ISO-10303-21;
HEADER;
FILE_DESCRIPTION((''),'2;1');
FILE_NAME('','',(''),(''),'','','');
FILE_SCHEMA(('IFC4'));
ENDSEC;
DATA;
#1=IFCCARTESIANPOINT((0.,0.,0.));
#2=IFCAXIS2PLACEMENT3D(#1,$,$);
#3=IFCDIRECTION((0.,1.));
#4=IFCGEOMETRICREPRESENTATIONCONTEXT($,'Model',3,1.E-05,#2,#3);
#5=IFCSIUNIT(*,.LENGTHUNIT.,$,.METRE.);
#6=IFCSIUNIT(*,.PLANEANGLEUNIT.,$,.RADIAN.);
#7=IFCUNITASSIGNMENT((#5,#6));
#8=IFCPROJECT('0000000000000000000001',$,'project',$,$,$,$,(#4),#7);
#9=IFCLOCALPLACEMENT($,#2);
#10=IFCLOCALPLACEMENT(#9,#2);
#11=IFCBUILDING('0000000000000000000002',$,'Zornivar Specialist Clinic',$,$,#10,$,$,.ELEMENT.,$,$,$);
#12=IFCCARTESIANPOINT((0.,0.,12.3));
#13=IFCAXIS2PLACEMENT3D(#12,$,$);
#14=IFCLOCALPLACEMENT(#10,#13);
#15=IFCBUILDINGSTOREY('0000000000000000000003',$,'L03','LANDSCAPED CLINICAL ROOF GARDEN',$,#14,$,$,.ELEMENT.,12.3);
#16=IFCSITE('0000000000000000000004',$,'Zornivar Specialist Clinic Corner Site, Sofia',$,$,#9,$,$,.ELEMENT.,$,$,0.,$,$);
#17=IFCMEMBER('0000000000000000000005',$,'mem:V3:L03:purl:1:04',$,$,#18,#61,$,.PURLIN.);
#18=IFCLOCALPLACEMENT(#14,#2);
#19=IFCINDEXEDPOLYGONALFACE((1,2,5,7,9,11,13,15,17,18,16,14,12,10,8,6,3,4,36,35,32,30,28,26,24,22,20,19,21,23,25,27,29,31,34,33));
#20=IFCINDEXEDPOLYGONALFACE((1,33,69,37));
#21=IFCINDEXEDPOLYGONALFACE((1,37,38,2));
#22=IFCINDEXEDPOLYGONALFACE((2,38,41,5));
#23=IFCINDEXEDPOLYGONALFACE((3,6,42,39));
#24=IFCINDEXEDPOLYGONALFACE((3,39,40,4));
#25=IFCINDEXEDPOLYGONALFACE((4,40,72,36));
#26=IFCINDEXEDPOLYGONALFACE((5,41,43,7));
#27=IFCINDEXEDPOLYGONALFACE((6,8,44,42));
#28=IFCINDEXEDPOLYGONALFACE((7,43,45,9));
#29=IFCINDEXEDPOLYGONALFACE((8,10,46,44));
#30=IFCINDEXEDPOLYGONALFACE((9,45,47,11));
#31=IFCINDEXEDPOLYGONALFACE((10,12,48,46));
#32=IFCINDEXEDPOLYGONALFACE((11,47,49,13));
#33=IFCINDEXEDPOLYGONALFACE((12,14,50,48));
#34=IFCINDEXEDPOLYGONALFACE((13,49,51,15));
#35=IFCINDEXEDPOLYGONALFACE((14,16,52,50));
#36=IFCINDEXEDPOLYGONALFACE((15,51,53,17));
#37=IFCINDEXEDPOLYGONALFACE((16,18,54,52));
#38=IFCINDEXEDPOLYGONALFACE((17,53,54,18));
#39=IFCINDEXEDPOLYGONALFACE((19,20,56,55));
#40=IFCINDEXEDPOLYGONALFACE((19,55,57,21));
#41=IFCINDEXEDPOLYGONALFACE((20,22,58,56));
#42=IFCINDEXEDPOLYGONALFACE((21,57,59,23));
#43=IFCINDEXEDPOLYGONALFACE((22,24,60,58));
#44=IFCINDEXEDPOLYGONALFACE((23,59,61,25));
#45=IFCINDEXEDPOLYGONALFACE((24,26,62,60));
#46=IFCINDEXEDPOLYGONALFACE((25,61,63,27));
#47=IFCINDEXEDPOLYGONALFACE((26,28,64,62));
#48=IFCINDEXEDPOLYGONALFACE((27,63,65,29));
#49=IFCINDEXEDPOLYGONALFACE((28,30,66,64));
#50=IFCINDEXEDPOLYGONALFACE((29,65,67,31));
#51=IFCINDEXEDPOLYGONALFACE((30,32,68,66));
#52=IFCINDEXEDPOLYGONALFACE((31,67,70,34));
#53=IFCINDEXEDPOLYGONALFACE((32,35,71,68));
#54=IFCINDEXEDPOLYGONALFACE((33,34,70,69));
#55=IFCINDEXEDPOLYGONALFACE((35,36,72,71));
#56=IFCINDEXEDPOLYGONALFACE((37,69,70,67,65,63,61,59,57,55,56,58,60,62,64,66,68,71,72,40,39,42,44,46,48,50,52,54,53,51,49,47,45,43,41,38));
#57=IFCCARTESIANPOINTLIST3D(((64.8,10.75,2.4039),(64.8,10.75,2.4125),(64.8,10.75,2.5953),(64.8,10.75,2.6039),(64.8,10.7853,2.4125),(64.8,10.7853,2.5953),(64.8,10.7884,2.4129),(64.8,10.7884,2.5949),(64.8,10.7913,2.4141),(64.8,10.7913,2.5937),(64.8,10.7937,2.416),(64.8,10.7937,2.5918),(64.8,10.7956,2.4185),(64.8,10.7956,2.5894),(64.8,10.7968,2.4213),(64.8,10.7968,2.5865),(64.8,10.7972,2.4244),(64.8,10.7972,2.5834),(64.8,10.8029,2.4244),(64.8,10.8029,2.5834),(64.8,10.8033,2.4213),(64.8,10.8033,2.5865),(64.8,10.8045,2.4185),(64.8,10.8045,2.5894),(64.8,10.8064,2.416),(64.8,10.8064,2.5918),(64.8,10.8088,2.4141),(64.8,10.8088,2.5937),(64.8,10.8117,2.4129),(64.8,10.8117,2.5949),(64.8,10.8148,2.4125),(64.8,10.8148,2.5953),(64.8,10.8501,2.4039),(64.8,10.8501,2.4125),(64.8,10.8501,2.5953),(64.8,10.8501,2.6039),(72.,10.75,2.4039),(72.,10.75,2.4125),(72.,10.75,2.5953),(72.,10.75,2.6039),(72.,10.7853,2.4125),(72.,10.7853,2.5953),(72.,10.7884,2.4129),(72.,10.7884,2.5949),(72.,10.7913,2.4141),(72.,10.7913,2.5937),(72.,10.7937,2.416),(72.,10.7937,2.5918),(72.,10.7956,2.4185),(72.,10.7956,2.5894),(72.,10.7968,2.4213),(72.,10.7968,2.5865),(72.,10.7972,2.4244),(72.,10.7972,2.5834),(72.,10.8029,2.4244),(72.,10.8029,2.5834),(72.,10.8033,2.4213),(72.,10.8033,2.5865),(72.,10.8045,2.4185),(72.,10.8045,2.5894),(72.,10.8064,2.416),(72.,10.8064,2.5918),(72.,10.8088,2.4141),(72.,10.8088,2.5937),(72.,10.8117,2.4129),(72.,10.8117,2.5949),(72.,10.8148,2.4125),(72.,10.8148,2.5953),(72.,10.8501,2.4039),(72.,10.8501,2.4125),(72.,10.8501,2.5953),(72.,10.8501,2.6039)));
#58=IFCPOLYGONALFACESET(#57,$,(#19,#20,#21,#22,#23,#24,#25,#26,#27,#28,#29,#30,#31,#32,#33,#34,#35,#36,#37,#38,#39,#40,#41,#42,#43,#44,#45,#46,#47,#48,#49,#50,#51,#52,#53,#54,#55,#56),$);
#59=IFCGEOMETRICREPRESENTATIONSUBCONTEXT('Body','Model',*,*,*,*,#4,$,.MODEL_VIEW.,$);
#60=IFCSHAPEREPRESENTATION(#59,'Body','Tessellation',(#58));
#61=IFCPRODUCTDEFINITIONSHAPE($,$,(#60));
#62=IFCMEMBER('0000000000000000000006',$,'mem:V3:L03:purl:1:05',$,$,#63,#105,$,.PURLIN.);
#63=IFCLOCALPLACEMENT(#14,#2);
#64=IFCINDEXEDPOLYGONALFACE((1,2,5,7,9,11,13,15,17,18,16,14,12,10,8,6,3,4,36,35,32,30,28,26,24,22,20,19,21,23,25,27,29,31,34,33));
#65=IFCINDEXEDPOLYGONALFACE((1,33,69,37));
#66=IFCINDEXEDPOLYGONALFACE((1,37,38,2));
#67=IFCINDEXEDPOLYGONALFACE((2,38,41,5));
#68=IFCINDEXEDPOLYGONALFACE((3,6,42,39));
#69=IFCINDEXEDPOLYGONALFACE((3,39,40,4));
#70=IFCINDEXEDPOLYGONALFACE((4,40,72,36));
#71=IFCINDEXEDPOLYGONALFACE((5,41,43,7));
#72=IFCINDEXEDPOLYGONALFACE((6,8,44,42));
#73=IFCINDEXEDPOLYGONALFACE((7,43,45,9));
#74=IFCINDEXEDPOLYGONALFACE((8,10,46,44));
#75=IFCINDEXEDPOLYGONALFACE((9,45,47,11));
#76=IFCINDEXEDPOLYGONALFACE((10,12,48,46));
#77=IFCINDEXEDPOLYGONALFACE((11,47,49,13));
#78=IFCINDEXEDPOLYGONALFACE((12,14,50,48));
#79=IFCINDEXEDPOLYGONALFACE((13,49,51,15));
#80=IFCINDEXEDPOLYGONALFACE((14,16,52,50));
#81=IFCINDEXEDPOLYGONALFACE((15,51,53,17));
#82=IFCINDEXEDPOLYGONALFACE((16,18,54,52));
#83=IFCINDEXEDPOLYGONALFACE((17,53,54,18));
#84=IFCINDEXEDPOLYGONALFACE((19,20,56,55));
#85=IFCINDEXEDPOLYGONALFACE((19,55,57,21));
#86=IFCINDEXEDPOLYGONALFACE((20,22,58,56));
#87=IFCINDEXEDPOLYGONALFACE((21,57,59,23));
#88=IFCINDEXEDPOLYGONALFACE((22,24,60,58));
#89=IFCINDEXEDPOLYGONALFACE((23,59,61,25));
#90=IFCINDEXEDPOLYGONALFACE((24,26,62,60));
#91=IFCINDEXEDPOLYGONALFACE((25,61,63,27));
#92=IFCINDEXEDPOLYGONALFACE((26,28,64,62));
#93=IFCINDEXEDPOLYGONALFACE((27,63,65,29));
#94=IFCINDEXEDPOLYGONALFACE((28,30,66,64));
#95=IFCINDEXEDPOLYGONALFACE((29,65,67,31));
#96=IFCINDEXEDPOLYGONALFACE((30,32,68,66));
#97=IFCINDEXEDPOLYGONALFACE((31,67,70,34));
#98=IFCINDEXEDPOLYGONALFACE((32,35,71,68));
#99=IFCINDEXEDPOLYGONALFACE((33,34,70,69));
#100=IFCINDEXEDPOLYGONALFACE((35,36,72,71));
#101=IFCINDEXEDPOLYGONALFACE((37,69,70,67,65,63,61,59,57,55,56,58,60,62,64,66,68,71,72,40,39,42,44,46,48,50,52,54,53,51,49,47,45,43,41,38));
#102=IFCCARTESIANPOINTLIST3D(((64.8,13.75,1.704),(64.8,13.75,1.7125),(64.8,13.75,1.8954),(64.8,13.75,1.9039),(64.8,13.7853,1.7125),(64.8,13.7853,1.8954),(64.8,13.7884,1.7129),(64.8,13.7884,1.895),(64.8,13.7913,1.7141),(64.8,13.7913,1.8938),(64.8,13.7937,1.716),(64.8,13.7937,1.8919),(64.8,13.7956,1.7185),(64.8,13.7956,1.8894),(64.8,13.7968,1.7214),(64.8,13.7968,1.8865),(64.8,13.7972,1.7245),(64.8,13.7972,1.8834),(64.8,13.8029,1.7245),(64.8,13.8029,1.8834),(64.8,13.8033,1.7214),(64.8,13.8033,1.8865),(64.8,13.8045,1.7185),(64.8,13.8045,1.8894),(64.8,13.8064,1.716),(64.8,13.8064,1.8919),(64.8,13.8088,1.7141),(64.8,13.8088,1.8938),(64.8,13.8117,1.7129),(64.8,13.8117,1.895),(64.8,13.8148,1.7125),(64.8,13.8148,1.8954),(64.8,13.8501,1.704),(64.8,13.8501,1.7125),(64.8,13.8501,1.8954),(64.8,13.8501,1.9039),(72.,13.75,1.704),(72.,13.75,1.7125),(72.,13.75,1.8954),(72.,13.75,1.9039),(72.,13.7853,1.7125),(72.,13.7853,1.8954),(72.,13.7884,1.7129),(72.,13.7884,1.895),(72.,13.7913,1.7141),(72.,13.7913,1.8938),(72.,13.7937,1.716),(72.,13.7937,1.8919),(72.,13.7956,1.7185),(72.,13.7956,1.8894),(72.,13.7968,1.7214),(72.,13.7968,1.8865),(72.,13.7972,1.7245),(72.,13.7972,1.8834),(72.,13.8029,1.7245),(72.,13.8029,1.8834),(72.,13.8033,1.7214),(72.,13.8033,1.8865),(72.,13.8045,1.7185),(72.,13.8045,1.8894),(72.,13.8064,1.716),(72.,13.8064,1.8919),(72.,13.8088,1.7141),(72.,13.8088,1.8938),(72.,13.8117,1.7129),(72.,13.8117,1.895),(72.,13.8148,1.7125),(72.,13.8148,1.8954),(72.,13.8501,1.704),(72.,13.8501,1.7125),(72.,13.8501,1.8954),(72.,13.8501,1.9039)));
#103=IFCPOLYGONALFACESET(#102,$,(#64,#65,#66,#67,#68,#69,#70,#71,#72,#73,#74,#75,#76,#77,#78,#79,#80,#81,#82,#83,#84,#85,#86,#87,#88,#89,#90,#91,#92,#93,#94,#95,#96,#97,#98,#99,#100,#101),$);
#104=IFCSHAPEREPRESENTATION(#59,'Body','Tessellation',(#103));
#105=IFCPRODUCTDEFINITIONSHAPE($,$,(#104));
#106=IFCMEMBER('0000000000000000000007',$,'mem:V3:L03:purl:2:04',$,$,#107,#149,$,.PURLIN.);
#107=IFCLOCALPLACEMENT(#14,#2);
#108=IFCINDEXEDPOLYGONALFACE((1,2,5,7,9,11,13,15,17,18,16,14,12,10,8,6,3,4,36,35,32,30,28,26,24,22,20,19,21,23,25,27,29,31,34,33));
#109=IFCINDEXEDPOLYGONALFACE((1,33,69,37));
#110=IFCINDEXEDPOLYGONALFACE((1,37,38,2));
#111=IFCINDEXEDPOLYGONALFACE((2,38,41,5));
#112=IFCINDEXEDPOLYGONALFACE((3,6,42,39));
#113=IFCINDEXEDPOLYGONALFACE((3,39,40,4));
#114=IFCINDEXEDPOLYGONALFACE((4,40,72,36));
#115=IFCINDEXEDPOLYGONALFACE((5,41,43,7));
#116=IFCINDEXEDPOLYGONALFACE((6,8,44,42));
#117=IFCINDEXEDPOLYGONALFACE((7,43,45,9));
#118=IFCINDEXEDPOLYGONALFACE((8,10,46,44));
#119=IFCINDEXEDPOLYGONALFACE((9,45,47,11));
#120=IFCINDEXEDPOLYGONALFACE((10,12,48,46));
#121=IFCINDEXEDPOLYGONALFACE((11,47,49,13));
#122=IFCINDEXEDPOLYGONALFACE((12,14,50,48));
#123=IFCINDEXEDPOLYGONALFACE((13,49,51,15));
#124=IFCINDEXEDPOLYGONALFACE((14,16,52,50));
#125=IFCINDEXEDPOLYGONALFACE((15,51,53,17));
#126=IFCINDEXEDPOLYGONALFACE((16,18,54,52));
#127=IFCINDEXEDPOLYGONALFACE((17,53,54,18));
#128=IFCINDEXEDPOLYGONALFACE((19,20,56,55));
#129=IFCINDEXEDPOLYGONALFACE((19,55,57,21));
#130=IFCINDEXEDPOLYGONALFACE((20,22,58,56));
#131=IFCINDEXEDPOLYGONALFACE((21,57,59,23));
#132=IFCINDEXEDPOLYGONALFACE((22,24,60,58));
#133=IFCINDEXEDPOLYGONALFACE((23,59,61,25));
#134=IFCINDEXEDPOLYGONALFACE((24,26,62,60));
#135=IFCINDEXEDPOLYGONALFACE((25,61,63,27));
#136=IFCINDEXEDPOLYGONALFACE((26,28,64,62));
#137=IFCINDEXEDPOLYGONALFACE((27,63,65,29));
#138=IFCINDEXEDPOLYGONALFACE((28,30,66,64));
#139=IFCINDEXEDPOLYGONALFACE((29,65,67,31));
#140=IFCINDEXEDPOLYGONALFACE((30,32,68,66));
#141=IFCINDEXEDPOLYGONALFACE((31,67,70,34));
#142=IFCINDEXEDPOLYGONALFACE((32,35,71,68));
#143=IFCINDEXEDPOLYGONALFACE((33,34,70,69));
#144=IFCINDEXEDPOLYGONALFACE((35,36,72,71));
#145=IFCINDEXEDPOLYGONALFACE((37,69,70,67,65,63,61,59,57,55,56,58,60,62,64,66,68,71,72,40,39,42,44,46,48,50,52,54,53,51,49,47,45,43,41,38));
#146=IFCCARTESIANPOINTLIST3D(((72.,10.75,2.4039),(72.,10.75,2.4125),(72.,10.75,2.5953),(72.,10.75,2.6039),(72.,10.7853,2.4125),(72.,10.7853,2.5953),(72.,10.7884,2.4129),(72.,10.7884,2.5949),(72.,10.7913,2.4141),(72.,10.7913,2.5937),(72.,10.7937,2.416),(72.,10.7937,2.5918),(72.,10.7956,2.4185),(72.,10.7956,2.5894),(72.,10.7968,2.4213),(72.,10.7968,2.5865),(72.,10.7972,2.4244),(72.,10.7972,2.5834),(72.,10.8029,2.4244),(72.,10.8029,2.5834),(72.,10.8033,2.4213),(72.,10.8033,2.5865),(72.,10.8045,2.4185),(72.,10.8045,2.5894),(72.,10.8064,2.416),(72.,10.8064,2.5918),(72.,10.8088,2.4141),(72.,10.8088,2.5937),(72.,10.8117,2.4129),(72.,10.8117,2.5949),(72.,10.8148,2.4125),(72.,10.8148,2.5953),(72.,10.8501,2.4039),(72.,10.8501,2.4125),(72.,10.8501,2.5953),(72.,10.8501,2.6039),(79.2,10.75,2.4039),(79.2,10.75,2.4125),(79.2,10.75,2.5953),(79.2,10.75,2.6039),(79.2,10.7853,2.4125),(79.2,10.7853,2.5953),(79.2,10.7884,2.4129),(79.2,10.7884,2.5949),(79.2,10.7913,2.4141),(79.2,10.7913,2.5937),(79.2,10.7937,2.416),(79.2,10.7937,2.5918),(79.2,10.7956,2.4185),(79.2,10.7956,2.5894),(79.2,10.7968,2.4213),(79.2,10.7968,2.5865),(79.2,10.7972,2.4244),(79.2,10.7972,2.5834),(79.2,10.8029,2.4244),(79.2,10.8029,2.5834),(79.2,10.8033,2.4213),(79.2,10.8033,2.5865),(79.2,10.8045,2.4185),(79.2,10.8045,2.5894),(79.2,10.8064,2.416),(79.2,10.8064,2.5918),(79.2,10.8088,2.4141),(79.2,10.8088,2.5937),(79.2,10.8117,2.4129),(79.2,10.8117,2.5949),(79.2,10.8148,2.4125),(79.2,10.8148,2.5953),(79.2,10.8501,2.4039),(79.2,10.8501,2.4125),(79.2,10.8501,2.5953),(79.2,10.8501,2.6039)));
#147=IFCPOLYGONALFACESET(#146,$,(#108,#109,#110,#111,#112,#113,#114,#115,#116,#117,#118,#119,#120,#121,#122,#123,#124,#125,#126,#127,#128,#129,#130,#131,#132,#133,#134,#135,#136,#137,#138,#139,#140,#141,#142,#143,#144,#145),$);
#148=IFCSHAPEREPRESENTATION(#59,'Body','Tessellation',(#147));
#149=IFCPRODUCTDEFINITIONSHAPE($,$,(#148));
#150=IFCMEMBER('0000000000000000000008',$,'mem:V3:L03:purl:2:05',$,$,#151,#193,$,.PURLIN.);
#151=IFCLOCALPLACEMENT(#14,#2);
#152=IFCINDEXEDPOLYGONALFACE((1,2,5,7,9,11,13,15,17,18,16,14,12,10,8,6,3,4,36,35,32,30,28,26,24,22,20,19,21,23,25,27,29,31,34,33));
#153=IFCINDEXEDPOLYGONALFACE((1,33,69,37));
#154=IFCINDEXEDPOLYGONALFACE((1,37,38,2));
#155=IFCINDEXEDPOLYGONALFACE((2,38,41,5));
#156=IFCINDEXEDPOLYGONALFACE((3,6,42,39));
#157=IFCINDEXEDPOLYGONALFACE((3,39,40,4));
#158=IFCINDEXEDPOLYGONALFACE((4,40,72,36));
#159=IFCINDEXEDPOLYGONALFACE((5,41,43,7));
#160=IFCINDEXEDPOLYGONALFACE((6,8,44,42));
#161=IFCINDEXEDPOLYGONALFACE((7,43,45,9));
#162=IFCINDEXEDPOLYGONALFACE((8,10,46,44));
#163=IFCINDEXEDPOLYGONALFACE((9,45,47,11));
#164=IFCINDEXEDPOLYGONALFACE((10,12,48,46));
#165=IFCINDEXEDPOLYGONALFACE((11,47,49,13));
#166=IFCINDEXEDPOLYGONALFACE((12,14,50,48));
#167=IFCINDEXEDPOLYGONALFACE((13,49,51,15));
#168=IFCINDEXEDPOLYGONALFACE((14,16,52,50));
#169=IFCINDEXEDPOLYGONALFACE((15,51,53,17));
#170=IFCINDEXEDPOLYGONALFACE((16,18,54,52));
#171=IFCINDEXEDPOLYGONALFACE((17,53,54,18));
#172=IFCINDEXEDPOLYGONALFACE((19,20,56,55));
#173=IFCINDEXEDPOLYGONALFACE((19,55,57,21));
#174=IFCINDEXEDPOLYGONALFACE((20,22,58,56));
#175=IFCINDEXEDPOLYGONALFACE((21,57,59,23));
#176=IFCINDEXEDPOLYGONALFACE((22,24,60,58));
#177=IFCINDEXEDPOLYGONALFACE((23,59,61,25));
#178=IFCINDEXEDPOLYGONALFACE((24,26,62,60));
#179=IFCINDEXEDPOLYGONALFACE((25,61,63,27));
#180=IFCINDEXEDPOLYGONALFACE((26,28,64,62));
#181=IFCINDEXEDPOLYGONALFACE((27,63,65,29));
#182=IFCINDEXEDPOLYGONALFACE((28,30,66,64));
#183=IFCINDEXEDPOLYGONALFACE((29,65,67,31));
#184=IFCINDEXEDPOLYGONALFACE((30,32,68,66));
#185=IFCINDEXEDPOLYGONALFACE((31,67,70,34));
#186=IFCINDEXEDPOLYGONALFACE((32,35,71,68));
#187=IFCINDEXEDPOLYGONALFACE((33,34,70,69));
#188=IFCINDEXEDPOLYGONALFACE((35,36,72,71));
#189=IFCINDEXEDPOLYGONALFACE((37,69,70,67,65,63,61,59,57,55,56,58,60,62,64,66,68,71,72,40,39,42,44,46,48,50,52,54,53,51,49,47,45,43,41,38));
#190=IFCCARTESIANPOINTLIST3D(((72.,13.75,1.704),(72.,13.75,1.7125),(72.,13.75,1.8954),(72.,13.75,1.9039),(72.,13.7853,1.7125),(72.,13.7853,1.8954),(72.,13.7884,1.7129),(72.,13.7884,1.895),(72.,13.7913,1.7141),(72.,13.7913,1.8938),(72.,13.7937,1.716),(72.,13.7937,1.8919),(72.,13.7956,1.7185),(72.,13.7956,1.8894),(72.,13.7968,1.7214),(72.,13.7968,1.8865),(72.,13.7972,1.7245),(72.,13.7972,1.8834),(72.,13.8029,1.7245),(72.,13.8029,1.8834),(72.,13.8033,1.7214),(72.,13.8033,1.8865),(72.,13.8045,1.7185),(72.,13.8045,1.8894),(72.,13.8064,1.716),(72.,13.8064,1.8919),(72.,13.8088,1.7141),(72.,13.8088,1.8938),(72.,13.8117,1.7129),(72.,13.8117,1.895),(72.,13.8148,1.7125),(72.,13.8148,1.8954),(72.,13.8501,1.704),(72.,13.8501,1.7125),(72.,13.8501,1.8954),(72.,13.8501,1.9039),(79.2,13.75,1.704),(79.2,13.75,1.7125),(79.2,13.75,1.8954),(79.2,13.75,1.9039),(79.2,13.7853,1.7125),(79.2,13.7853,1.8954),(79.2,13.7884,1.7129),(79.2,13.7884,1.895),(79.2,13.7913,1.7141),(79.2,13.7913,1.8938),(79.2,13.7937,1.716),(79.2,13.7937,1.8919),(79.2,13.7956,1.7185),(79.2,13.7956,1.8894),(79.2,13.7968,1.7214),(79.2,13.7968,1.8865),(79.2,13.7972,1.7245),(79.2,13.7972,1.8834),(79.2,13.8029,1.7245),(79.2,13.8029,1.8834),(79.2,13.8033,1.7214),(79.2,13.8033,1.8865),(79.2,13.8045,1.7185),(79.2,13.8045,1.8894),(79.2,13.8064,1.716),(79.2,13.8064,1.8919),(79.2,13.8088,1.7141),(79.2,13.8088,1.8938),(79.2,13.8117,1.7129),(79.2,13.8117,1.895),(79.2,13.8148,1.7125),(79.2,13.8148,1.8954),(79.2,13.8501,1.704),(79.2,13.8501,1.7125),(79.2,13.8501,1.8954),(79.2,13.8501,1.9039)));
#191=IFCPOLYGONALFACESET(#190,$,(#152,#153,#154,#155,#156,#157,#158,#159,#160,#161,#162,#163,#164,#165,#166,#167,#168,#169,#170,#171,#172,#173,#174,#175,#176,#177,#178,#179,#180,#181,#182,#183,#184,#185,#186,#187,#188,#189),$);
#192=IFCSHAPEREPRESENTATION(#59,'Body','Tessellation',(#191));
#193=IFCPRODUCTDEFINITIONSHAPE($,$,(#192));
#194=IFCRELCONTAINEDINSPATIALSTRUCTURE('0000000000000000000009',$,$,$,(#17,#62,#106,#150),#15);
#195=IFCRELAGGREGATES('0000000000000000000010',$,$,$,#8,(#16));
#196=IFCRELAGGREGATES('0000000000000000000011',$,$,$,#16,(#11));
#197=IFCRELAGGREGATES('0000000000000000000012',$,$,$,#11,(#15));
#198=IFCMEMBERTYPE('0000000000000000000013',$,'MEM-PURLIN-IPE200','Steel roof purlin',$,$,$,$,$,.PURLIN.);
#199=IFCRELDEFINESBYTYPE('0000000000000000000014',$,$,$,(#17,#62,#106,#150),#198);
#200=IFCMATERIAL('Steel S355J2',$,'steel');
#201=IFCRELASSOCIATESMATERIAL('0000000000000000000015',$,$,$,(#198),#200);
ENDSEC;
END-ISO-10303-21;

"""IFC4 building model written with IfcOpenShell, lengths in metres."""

from ifc_helpers import new_model, si_unit, direction, frame, origin, origin_2d, place, context, subcontext, project, spatial, i_section, extrude, material, material_profile, profile_set, type_object, element, save


model = new_model("IFC4")

# Units and contexts
model_context = context("Model", 3, precision=1e-05, world=origin(), true_north=direction((0.0, 1.0)))
body_context = subcontext(model_context, "Body", "Model", "MODEL_VIEW")
ifc_project = project(units=[si_unit("LENGTHUNIT", "METRE"), si_unit("PLANEANGLEUNIT", "RADIAN")], contexts=[model_context])

# Site, building, storey
site_placement = place(None, origin())
site = spatial("IfcSite", under=ifc_project, at=site_placement, Name="Zornivar Specialist Clinic Corner Site, Sofia", CompositionType="ELEMENT", RefElevation=0.0)
building_placement = place(site_placement, origin())
building = spatial("IfcBuilding", under=site, at=building_placement, Name="Zornivar Specialist Clinic", CompositionType="ELEMENT")
storey_placement = place(building_placement, frame((0.0, 0.0, 12.3)))
storey = spatial("IfcBuildingStorey", under=building, at=storey_placement, Name="L03", Description="LANDSCAPED CLINICAL ROOF GARDEN", CompositionType="ELEMENT", Elevation=12.3)

# Members
ifc_material_1 = material(Name="Steel S355J2", Category="steel")
ifc_material_profile_1 = material_profile(ifc_material_1, i_section(OverallWidth=0.1001, OverallDepth=0.2, WebThickness=0.0056, FlangeThickness=0.0085, FilletRadius=0.012, at=origin_2d()), Name="IPE 200")
ifc_profile_set_1 = profile_set([ifc_material_profile_1], Name="Steel S355J2")
member_type_1 = type_object("IfcMemberType", Name="MEM-PURLIN-IPE200", Description="Steel roof purlin", PredefinedType="PURLIN", material=ifc_profile_set_1)
for number, where, z_axis, x_axis, name in (
    (1, (64.8, 10.8, 2.5039), (1.0, 0.0, 0.0), (0.0, 1.0, 0.0), "mem:V3:L03:purl:1:04"),
    (2, (64.8, 13.8, 1.804), (1.0, 0.0, 0.0), (0.0, 1.0, 0.0), "mem:V3:L03:purl:1:05"),
    (3, (72.0, 10.8, 2.5039), (1.0, 0.0, 0.0), (0.0, 1.0, 0.0), "mem:V3:L03:purl:2:04"),
    (4, (72.0, 13.8, 1.804), (1.0, 0.0, 0.0), (0.0, 1.0, 0.0), "mem:V3:L03:purl:2:05"),
):
    element("IfcMember", number, at=place(storey_placement, frame(where, z_axis=z_axis, x_axis=x_axis)), inside=storey, type_object=member_type_1, Name=name, PredefinedType="PURLIN", context=body_context, shape_type="SweptSolid", body=[
        extrude(i_section(OverallWidth=0.1001, OverallDepth=0.2, WebThickness=0.0056, FlangeThickness=0.0085, FilletRadius=0.012, at=origin_2d()), origin(), (0.0, 0.0, 1.0), 7.2),
    ])

save(model, "model.ifc")
